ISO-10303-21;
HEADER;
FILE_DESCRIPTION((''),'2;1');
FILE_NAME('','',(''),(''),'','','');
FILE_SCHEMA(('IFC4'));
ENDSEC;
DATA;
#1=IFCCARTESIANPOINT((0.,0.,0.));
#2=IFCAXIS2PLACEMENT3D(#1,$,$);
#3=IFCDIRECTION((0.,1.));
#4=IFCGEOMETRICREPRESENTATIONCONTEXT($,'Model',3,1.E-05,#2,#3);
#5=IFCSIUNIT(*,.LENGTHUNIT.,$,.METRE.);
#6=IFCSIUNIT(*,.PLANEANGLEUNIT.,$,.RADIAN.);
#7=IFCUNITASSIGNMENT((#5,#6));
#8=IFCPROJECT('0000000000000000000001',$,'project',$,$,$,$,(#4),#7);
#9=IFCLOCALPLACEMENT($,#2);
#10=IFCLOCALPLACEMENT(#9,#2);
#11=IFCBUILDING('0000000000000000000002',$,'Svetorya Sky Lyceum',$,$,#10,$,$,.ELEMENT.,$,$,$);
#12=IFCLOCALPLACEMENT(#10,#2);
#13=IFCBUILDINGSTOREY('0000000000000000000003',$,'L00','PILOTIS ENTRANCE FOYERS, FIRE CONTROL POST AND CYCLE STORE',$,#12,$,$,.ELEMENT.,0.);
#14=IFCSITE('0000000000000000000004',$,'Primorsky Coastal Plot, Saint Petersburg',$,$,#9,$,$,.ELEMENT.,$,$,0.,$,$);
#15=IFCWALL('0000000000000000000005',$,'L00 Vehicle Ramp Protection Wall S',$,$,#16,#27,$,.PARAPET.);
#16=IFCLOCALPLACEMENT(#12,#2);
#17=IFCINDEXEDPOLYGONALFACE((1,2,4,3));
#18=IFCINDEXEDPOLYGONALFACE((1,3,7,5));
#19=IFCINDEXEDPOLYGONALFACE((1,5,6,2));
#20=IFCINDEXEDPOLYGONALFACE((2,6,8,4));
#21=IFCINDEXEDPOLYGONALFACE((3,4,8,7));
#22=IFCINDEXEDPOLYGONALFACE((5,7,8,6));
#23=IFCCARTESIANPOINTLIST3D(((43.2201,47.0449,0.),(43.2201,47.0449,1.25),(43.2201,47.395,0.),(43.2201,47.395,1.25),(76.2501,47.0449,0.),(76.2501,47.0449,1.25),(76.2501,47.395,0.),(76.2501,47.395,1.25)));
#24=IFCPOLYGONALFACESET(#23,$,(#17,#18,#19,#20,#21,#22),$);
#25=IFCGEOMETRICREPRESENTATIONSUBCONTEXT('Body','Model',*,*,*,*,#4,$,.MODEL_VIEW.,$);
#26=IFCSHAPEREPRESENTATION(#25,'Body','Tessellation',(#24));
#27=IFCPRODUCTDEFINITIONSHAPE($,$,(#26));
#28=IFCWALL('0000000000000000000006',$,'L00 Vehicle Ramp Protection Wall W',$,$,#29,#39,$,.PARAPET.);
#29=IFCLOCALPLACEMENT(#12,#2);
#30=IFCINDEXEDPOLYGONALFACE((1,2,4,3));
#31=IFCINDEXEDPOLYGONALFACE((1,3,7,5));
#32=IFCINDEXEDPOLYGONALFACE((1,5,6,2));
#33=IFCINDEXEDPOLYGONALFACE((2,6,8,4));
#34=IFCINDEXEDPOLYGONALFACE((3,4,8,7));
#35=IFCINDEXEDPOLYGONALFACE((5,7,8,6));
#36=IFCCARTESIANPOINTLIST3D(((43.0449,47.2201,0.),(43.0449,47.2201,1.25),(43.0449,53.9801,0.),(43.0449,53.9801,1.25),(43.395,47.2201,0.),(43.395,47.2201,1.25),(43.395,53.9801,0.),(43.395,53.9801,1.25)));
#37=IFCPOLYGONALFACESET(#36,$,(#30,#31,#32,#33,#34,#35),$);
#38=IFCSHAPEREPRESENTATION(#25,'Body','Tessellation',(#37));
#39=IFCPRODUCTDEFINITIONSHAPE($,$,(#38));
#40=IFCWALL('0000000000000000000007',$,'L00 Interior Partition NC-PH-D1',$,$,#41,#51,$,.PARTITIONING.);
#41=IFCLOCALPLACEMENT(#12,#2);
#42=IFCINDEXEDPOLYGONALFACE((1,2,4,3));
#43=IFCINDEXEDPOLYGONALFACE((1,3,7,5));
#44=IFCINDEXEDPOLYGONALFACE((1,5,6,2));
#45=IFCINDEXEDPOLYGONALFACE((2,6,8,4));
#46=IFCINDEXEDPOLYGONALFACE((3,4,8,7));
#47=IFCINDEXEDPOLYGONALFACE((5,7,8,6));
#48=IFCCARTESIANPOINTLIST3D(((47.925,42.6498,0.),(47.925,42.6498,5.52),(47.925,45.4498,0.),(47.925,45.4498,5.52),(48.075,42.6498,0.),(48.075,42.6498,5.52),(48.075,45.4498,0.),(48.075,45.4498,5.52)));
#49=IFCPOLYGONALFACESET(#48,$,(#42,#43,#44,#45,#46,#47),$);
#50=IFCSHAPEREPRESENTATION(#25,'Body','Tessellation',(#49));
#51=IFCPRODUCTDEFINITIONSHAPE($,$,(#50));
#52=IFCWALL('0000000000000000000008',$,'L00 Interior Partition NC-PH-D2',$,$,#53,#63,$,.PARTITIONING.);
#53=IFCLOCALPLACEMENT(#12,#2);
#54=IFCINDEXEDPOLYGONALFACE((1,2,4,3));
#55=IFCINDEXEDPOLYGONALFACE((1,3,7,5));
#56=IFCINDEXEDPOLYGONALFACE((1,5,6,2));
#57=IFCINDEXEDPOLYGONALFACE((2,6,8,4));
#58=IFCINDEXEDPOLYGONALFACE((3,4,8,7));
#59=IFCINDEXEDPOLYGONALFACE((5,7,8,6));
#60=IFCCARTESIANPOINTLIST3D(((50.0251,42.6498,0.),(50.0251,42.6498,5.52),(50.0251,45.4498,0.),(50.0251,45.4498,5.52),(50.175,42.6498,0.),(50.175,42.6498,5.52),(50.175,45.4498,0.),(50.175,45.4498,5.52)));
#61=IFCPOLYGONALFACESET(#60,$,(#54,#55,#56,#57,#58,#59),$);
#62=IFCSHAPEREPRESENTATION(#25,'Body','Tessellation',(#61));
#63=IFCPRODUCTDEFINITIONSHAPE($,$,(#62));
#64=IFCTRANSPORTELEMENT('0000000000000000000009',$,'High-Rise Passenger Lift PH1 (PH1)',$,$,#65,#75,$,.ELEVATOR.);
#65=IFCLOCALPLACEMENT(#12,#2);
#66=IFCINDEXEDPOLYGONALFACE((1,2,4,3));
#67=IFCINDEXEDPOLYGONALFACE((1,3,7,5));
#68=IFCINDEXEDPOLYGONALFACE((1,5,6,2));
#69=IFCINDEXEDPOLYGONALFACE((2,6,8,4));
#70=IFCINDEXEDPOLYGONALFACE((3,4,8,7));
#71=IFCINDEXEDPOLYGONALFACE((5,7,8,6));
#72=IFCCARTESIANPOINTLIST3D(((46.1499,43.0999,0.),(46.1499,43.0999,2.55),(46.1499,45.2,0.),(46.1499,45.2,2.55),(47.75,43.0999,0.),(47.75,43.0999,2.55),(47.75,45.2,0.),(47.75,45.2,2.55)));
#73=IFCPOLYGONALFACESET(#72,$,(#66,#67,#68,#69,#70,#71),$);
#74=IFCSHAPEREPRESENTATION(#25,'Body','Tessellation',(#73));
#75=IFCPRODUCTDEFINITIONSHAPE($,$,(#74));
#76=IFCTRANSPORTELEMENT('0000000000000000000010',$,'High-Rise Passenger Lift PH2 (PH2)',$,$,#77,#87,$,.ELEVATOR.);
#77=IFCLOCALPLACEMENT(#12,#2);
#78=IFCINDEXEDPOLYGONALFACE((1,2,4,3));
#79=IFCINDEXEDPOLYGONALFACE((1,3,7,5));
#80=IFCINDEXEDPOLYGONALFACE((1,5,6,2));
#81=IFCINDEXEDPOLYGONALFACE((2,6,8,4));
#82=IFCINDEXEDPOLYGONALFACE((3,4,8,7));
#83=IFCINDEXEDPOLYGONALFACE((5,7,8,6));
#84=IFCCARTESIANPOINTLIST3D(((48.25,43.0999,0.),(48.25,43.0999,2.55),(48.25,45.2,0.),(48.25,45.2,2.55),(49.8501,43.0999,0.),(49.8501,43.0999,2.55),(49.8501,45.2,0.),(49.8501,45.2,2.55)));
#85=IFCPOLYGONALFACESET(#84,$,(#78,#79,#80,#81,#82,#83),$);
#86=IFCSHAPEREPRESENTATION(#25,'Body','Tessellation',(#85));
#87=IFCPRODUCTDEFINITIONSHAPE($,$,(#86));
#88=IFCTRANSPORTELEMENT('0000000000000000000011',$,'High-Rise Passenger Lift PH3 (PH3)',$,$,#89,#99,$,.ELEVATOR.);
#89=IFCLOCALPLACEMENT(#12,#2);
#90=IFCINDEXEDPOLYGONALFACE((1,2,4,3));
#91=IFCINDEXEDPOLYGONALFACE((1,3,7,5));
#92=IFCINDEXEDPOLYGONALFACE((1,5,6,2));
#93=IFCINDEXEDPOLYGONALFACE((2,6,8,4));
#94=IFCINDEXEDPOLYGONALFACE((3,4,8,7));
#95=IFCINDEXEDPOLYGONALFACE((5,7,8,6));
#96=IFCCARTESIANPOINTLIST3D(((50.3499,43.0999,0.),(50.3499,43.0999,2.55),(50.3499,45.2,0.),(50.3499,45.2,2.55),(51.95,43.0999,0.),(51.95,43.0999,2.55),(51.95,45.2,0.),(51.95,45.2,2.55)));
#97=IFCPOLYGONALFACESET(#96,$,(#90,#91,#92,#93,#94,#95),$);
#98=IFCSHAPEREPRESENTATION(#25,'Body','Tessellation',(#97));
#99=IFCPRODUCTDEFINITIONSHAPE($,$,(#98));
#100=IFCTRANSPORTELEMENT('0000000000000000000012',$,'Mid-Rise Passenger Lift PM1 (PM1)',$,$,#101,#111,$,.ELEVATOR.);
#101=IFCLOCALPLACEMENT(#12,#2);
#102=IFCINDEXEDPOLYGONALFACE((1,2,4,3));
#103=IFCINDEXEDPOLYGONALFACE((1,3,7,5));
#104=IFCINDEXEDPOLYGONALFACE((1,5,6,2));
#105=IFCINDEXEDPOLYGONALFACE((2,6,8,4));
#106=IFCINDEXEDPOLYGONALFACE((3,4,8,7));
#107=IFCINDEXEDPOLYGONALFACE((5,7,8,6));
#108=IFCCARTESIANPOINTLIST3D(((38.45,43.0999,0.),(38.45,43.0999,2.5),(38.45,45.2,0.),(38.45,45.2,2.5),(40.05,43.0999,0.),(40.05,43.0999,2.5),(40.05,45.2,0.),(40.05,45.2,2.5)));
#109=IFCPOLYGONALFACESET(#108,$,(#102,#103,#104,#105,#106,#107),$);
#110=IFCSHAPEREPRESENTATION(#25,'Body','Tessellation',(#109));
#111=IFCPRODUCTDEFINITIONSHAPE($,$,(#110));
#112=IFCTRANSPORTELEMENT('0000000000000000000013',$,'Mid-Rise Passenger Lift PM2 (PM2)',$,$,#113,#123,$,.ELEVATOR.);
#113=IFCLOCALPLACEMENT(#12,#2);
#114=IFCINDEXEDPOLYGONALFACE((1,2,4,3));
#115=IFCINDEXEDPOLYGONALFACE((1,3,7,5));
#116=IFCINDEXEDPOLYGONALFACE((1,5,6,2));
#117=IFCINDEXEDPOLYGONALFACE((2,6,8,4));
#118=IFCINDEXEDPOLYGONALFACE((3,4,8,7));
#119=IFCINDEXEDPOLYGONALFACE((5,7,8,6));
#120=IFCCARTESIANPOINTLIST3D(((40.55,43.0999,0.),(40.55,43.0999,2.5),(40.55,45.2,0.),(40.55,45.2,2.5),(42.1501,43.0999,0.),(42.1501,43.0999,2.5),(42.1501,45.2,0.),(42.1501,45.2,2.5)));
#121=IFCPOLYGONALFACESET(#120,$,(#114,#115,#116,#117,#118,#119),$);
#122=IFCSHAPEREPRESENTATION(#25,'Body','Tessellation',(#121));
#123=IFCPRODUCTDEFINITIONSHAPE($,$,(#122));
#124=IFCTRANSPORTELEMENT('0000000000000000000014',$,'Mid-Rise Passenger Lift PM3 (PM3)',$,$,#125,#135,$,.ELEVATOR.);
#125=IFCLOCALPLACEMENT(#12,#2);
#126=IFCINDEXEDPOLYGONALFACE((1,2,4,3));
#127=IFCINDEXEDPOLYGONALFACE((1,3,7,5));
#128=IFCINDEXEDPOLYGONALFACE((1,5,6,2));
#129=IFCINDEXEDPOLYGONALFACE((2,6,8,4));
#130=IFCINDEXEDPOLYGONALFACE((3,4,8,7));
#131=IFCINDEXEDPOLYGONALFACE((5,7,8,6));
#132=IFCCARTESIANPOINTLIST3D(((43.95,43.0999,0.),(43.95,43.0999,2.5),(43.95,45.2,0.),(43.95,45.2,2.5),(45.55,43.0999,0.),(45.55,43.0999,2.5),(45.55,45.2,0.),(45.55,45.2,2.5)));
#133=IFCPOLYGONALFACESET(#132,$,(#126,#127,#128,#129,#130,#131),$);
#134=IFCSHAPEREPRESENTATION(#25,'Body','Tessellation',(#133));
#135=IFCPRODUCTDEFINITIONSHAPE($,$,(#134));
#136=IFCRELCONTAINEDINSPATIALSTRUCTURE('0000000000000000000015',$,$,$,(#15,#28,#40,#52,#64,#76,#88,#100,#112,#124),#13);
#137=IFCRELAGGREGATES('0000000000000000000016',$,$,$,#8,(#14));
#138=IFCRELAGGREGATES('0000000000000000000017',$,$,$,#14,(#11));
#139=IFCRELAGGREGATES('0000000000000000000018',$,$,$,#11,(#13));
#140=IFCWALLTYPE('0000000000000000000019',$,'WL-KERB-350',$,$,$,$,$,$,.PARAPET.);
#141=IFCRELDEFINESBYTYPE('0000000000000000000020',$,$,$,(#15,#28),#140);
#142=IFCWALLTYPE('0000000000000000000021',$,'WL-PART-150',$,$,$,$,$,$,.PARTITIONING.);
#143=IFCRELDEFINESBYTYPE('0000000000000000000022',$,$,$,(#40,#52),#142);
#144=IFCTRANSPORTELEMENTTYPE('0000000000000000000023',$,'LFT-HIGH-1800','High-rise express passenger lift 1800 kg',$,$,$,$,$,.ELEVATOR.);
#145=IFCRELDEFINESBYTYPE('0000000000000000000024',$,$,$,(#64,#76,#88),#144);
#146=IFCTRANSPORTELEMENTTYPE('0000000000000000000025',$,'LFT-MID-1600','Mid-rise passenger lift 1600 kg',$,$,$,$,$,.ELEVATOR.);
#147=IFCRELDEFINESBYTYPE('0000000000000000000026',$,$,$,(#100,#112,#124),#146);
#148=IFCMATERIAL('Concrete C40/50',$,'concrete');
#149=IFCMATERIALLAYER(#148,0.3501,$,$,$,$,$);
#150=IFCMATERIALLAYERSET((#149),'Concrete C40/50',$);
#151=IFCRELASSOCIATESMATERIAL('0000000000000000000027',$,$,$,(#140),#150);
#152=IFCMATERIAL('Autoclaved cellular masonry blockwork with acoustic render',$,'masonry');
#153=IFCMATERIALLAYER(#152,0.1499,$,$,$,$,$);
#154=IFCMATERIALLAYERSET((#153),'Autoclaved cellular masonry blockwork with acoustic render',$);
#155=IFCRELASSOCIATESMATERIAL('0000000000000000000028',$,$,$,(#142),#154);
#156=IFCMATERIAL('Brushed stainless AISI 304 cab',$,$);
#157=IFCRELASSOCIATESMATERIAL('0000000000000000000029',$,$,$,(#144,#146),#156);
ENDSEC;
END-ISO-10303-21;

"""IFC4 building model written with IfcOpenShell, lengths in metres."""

from ifc_helpers import new_model, si_unit, direction, frame, frame_2d, origin, origin_2d, place, context, subcontext, project, spatial, rectangle, extrude, material, layer, layer_set, type_object, element, save


model = new_model("IFC4")

# Units and contexts
model_context = context("Model", 3, precision=1e-05, world=origin(), true_north=direction((0.0, 1.0)))
body_context = subcontext(model_context, "Body", "Model", "MODEL_VIEW")
ifc_project = project(units=[si_unit("LENGTHUNIT", "METRE"), si_unit("PLANEANGLEUNIT", "RADIAN")], contexts=[model_context])

# Site, building, storey
site_placement = place(None, origin())
site = spatial("IfcSite", under=ifc_project, at=site_placement, Name="Primorsky Coastal Plot, Saint Petersburg", CompositionType="ELEMENT", RefElevation=0.0)
building_placement = place(site_placement, origin())
building = spatial("IfcBuilding", under=site, at=building_placement, Name="Svetorya Sky Lyceum", CompositionType="ELEMENT")
storey_placement = place(building_placement, origin())
storey = spatial("IfcBuildingStorey", under=building, at=storey_placement, Name="L00", Description="PILOTIS ENTRANCE FOYERS, FIRE CONTROL POST AND CYCLE STORE", CompositionType="ELEMENT", Elevation=0.0)

# Walls
ifc_material_1 = material(Name="Concrete C40/50", Category="concrete")
ifc_layer_1 = layer(ifc_material_1, 0.3501)
ifc_layer_set_1 = layer_set([ifc_layer_1], Name="Concrete C40/50")
wall_type_1 = type_object("IfcWallType", Name="WL-KERB-350", PredefinedType="PARAPET", material=ifc_layer_set_1)
wall_1_placement = place(storey_placement, frame((43.22, 47.22, 0.0), z_axis=(0.0, 0.0, 1.0), x_axis=(1.0, 0.0, 0.0)))
element("IfcWall", 1, at=wall_1_placement, inside=storey, type_object=wall_type_1, Name="L00 Vehicle Ramp Protection Wall S", PredefinedType="PARAPET", context=body_context, shape_type="SweptSolid", body=[
    extrude(rectangle(XDim=33.03, YDim=0.3501, at=frame_2d((16.5151, 0.0))), origin(), (0.0, 0.0, 1.0), 1.25),
])
wall_2_placement = place(storey_placement, frame((43.22, 53.98, 0.0), z_axis=(0.0, 0.0, 1.0), x_axis=(0.0, -1.0, 0.0)))
element("IfcWall", 2, at=wall_2_placement, inside=storey, type_object=wall_type_1, Name="L00 Vehicle Ramp Protection Wall W", PredefinedType="PARAPET", context=body_context, shape_type="SweptSolid", body=[
    extrude(rectangle(XDim=6.76, YDim=0.3501, at=frame_2d((3.3799, 0.0))), origin(), (0.0, 0.0, 1.0), 1.25),
])
ifc_material_2 = material(Name="Autoclaved cellular masonry blockwork with acoustic render", Category="masonry")
ifc_layer_2 = layer(ifc_material_2, 0.1499)
ifc_layer_set_2 = layer_set([ifc_layer_2], Name="Autoclaved cellular masonry blockwork with acoustic render")
wall_type_2 = type_object("IfcWallType", Name="WL-PART-150", PredefinedType="PARTITIONING", material=ifc_layer_set_2)
for number, where, z_axis, x_axis, name in (
    (3, (48.0, 42.6499, 0.0), (0.0, 0.0, 1.0), (0.0, 1.0, 0.0), "L00 Interior Partition NC-PH-D1"),
    (4, (50.1001, 42.6499, 0.0), (0.0, 0.0, 1.0), (0.0, 1.0, 0.0), "L00 Interior Partition NC-PH-D2"),
):
    element("IfcWall", number, at=place(storey_placement, frame(where, z_axis=z_axis, x_axis=x_axis)), inside=storey, type_object=wall_type_2, Name=name, PredefinedType="PARTITIONING", context=body_context, shape_type="SweptSolid", body=[
        extrude(rectangle(XDim=2.8, YDim=0.1499, at=frame_2d((1.3999, 0.0))), origin(), (0.0, 0.0, 1.0), 5.52),
    ])

# Transport elements
ifc_material_3 = material(Name="Brushed stainless AISI 304 cab")
transport_element_type_1 = type_object("IfcTransportElementType", Name="LFT-HIGH-1800", Description="High-rise express passenger lift 1800 kg", PredefinedType="ELEVATOR", material=ifc_material_3)
for number, where, z_axis, x_axis, name in (
    (5, (46.95, 44.1499, 0.0), (0.0, 0.0, 1.0), (1.0, 0.0, 0.0), "High-Rise Passenger Lift PH1 (PH1)"),
    (6, (49.05, 44.1499, 0.0), (0.0, 0.0, 1.0), (1.0, 0.0, 0.0), "High-Rise Passenger Lift PH2 (PH2)"),
    (7, (51.1499, 44.1499, 0.0), (0.0, 0.0, 1.0), (1.0, 0.0, 0.0), "High-Rise Passenger Lift PH3 (PH3)"),
):
    element("IfcTransportElement", number, at=place(storey_placement, frame(where, z_axis=z_axis, x_axis=x_axis)), inside=storey, type_object=transport_element_type_1, Name=name, PredefinedType="ELEVATOR", context=body_context, shape_type="SweptSolid", body=[
        extrude(rectangle(XDim=1.6001, YDim=2.1001, at=origin_2d()), origin(), (0.0, 0.0, 1.0), 2.55),
    ])
transport_element_type_2 = type_object("IfcTransportElementType", Name="LFT-MID-1600", Description="Mid-rise passenger lift 1600 kg", PredefinedType="ELEVATOR", material=ifc_material_3)
for number, where, z_axis, x_axis, name in (
    (8, (39.25, 44.1499, 0.0), (0.0, 0.0, 1.0), (1.0, 0.0, 0.0), "Mid-Rise Passenger Lift PM1 (PM1)"),
    (9, (41.3501, 44.1499, 0.0), (0.0, 0.0, 1.0), (1.0, 0.0, 0.0), "Mid-Rise Passenger Lift PM2 (PM2)"),
    (10, (44.75, 44.1499, 0.0), (0.0, 0.0, 1.0), (1.0, 0.0, 0.0), "Mid-Rise Passenger Lift PM3 (PM3)"),
):
    element("IfcTransportElement", number, at=place(storey_placement, frame(where, z_axis=z_axis, x_axis=x_axis)), inside=storey, type_object=transport_element_type_2, Name=name, PredefinedType="ELEVATOR", context=body_context, shape_type="SweptSolid", body=[
        extrude(rectangle(XDim=1.6001, YDim=2.1001, at=origin_2d()), origin(), (0.0, 0.0, 1.0), 2.5),
    ])

save(model, "model.ifc")
